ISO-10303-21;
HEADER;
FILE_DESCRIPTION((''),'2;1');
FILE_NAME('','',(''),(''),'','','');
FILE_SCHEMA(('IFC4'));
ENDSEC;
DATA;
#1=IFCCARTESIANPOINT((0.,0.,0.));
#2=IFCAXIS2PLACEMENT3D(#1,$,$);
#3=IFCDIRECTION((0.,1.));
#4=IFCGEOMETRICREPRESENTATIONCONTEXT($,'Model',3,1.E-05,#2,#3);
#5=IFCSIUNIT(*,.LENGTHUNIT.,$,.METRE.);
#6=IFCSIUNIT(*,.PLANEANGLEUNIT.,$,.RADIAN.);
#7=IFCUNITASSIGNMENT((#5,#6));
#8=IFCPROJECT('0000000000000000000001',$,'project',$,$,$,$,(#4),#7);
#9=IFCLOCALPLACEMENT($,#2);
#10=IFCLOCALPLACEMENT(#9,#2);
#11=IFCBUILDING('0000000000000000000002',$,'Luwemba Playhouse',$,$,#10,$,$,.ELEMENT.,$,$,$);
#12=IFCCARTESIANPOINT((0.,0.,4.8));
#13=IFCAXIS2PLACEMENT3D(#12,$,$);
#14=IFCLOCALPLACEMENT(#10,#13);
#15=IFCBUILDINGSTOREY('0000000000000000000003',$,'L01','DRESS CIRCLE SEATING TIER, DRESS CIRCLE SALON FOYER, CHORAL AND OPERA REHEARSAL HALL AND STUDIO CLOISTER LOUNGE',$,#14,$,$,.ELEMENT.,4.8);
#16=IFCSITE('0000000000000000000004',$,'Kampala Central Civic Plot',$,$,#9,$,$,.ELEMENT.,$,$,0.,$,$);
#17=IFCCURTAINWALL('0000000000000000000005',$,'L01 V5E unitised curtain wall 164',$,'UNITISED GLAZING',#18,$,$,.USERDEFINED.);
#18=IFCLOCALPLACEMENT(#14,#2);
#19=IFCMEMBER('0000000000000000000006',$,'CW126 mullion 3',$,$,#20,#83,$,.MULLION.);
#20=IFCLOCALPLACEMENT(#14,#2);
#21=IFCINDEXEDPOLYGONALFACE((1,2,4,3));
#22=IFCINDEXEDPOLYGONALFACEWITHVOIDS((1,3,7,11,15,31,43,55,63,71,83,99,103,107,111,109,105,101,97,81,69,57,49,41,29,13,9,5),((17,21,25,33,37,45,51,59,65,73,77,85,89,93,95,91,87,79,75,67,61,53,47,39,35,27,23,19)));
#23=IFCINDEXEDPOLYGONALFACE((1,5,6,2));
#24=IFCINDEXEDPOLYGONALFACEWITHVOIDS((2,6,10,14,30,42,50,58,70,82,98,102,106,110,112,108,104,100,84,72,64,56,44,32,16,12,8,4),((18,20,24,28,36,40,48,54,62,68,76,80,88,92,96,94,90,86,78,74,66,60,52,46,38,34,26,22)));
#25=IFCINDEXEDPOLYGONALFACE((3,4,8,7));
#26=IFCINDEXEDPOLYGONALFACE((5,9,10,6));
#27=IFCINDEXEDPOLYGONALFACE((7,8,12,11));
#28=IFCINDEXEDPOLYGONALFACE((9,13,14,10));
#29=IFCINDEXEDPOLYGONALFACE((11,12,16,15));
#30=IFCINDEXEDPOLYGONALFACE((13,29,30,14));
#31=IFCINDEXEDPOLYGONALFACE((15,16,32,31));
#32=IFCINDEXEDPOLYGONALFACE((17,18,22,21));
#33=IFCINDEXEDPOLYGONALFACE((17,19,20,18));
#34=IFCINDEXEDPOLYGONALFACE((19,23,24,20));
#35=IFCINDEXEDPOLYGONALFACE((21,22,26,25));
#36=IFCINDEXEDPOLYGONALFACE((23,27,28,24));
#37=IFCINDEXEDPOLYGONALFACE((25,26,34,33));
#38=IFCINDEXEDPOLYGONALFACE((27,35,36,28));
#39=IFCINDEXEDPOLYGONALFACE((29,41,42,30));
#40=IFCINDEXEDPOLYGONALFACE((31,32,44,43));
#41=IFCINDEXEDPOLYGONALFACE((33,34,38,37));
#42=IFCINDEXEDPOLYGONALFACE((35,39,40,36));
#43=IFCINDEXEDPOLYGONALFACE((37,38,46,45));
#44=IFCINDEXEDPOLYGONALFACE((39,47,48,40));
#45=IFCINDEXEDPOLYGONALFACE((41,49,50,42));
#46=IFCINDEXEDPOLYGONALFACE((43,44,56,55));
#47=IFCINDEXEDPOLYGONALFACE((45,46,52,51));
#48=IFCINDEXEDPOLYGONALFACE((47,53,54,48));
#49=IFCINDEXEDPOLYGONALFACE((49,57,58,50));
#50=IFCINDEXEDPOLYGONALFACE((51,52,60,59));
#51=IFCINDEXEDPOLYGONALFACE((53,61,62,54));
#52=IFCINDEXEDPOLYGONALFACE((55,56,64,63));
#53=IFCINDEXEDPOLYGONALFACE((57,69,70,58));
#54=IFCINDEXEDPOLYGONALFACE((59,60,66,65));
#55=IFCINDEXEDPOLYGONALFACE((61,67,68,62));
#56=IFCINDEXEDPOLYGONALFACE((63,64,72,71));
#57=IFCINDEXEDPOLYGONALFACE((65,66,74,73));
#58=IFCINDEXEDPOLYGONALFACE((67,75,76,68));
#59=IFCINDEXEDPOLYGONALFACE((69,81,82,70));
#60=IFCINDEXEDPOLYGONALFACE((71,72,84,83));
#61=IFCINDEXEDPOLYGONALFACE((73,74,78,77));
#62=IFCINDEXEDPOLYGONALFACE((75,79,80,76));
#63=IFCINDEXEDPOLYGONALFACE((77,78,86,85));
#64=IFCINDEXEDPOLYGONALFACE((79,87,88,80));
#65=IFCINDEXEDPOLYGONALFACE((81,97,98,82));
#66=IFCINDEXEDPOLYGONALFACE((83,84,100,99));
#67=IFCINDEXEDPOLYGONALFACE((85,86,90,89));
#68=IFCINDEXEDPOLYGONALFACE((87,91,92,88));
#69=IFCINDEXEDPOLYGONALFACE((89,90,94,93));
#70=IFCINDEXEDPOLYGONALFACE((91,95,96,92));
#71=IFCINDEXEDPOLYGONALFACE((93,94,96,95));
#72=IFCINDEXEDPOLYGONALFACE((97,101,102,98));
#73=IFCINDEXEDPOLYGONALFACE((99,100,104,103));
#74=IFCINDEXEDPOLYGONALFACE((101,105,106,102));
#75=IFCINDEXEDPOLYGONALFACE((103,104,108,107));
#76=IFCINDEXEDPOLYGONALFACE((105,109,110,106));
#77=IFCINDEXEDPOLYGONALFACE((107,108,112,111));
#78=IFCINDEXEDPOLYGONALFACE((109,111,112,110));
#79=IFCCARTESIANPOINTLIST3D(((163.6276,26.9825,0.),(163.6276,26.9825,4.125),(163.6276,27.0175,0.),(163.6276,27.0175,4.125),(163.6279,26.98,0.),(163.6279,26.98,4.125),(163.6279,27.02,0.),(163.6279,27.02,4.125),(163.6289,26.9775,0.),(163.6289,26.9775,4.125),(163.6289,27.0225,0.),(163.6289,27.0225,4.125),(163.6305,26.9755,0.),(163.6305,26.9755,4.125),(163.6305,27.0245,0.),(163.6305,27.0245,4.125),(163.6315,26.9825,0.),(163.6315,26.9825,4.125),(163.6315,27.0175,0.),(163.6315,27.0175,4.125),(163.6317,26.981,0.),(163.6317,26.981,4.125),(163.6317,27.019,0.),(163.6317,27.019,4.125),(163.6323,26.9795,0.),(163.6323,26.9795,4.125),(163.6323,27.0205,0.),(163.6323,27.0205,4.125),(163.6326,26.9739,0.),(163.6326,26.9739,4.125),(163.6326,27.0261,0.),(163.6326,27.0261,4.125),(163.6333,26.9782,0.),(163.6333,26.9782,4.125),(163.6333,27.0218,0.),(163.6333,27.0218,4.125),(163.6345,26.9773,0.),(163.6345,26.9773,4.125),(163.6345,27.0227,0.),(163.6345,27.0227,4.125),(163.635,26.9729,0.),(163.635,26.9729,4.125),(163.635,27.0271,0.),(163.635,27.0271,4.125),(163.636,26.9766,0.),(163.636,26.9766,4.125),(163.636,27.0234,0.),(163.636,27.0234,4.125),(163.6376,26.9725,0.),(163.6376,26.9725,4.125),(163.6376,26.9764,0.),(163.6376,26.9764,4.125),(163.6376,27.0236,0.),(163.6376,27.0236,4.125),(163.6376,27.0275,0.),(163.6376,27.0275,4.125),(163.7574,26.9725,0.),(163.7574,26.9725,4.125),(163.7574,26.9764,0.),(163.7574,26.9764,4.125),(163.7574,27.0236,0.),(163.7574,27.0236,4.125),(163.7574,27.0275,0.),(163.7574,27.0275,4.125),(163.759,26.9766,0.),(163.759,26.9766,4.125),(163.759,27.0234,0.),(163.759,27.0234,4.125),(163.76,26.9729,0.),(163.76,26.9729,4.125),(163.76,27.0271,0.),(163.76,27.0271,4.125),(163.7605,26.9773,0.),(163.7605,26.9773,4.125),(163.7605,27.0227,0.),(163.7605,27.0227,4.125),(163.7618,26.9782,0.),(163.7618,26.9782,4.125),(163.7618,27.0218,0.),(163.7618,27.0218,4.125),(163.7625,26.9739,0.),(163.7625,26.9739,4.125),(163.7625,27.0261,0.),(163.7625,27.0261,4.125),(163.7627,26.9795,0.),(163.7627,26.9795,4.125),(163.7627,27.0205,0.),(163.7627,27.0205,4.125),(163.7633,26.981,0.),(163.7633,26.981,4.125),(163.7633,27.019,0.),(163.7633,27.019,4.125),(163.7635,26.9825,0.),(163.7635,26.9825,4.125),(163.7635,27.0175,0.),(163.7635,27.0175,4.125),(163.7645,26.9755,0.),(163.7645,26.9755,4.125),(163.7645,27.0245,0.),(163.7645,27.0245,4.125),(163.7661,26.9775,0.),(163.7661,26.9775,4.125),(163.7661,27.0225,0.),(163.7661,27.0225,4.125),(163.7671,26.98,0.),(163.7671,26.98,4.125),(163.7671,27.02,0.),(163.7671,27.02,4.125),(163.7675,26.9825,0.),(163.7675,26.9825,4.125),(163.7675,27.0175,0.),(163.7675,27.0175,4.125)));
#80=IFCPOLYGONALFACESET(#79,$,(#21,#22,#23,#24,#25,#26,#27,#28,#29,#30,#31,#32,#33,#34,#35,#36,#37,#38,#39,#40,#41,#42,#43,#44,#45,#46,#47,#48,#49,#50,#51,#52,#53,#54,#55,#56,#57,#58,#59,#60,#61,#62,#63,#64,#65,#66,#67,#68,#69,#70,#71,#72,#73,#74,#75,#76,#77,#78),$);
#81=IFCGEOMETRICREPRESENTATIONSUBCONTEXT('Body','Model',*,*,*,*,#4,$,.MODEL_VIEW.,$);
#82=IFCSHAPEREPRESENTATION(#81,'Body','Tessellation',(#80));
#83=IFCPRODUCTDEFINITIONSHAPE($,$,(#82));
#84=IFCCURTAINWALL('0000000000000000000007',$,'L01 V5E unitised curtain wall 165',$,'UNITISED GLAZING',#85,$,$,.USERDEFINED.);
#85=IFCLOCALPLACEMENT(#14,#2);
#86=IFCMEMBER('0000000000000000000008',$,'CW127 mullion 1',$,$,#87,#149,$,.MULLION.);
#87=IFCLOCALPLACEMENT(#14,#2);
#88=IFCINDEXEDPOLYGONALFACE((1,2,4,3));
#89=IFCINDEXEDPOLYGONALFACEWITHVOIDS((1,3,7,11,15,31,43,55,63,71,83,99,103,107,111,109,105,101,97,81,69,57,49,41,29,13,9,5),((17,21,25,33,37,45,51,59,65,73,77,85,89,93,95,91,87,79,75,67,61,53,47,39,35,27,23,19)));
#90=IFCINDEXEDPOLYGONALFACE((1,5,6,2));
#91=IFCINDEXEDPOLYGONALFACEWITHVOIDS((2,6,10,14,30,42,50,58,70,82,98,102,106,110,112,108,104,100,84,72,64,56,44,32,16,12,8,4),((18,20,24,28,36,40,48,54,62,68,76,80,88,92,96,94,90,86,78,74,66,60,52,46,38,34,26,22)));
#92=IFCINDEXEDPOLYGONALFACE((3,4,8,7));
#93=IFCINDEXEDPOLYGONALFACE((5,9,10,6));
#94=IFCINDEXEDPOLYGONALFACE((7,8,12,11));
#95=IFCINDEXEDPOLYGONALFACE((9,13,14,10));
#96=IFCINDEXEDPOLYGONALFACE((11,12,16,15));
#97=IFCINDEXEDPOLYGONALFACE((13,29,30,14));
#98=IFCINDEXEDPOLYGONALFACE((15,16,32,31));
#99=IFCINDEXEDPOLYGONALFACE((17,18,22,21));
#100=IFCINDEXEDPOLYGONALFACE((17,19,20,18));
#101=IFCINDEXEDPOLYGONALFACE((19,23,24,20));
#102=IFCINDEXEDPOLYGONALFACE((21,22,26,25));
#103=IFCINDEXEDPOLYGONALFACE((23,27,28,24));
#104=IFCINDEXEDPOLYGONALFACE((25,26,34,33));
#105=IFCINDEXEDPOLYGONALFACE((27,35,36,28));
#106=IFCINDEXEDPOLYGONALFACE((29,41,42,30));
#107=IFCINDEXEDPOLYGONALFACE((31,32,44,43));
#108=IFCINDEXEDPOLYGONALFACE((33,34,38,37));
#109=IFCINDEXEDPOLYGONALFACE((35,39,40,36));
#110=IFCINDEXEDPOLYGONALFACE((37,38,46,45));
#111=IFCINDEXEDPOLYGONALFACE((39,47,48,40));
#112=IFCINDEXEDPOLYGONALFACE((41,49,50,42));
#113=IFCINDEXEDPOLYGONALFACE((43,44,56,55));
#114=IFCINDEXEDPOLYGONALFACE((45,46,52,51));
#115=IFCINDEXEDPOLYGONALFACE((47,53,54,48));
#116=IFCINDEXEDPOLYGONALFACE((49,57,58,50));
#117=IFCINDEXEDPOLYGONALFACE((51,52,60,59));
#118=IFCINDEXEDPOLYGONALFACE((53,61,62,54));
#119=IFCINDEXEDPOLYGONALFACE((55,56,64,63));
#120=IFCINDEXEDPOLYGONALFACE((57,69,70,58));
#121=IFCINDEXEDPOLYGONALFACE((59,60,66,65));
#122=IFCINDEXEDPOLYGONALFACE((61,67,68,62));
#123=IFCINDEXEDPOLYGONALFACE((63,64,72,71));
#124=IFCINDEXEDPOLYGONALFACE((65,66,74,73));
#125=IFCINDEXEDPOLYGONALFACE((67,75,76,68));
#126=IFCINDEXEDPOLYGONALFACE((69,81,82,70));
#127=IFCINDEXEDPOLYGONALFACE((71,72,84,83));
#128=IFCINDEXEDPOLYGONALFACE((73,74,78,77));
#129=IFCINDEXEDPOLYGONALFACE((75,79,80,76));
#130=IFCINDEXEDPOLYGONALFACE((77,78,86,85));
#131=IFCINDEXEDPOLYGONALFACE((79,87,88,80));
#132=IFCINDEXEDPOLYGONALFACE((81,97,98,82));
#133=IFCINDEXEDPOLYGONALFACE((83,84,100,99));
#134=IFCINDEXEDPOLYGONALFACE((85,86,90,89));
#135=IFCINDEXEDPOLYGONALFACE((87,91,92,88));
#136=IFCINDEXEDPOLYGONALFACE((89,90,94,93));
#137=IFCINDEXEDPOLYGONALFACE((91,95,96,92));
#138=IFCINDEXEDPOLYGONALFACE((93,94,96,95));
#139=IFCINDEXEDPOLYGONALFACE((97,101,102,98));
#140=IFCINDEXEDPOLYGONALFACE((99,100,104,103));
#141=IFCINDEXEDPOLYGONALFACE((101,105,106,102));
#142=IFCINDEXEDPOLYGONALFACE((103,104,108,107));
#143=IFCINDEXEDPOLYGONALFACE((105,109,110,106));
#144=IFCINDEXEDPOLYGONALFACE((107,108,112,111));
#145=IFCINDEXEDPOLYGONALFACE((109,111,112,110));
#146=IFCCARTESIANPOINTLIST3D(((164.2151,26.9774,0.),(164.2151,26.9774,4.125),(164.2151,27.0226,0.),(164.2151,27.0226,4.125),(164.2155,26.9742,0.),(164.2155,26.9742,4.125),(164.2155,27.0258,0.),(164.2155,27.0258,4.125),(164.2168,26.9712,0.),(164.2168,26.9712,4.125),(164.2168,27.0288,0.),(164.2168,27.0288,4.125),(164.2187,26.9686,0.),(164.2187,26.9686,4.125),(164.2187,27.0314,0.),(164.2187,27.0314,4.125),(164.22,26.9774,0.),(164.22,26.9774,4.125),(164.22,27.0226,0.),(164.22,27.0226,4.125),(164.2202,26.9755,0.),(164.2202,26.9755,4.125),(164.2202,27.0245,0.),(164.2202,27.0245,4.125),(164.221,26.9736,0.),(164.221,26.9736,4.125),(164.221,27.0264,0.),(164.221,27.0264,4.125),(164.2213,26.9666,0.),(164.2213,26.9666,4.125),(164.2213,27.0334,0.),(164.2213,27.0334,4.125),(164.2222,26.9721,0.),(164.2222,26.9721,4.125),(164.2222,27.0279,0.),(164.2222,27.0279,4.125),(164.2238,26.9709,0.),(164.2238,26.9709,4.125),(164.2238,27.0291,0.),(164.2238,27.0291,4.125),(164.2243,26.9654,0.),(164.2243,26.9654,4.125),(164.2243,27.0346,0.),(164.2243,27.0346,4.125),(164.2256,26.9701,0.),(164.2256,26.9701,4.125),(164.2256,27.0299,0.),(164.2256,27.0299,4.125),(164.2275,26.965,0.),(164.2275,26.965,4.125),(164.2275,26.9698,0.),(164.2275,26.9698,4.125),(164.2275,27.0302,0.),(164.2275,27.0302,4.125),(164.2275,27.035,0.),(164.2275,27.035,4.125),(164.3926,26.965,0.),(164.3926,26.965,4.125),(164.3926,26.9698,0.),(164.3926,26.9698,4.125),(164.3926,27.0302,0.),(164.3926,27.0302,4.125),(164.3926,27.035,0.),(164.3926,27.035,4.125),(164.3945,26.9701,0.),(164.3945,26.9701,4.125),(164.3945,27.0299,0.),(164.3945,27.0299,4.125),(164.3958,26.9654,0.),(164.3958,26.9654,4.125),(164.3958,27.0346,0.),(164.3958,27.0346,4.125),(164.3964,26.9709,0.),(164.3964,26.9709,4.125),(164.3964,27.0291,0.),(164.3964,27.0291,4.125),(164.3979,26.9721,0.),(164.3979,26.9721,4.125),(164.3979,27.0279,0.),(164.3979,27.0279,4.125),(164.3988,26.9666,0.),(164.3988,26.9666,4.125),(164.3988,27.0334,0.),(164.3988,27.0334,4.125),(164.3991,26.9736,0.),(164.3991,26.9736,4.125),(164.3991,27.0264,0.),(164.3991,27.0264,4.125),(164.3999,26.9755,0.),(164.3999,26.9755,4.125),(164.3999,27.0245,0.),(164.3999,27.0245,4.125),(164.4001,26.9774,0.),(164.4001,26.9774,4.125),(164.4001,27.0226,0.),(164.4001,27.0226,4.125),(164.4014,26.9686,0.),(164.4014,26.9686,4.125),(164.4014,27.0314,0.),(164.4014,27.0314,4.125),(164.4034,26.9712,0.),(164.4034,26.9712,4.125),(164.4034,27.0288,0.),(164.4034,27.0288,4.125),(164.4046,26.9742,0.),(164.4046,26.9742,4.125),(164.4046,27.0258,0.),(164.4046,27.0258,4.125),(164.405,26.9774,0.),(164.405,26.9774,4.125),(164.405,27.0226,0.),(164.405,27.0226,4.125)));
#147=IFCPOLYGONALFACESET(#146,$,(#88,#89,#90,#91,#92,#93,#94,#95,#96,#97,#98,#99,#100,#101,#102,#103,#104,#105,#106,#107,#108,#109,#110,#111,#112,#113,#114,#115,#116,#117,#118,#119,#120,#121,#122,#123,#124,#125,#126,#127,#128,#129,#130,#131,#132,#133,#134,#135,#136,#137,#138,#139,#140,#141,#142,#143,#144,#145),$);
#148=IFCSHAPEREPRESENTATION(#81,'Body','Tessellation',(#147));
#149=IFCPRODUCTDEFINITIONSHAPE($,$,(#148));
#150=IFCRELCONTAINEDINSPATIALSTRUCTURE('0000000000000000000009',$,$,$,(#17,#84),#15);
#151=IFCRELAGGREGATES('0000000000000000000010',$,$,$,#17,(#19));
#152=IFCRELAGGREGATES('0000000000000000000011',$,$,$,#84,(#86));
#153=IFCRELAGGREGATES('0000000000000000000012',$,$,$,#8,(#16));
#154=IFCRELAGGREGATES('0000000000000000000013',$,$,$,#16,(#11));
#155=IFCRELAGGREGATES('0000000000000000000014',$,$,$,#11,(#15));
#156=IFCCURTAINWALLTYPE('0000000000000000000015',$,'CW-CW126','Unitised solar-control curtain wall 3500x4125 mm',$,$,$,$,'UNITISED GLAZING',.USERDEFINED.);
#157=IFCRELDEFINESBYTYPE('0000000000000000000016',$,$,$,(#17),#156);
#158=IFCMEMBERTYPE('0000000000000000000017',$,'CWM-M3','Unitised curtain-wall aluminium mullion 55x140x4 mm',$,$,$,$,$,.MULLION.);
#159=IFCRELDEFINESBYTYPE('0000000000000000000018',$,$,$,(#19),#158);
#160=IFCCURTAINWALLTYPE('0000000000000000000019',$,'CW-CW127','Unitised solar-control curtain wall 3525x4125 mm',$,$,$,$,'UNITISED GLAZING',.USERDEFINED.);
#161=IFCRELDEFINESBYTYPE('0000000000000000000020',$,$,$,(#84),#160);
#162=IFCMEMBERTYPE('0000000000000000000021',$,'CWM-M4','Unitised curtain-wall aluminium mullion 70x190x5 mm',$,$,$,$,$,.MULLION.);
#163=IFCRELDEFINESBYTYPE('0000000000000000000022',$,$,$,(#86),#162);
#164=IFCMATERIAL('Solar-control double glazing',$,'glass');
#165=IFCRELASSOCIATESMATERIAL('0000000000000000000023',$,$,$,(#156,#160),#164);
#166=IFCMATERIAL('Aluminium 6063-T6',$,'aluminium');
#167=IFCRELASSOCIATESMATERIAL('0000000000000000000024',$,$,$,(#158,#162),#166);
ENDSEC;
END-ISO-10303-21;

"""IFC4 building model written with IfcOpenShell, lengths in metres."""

from ifc_helpers import new_model, si_unit, direction, frame, origin, origin_2d, place, context, subcontext, project, spatial, hollow_rectangle, extrude, material, material_profile, profile_set, type_object, element, aggregate, save


model = new_model("IFC4")

# Units and contexts
model_context = context("Model", 3, precision=1e-05, world=origin(), true_north=direction((0.0, 1.0)))
body_context = subcontext(model_context, "Body", "Model", "MODEL_VIEW")
ifc_project = project(units=[si_unit("LENGTHUNIT", "METRE"), si_unit("PLANEANGLEUNIT", "RADIAN")], contexts=[model_context])

# Site, building, storey
site_placement = place(None, origin())
site = spatial("IfcSite", under=ifc_project, at=site_placement, Name="Kampala Central Civic Plot", CompositionType="ELEMENT", RefElevation=0.0)
building_placement = place(site_placement, origin())
building = spatial("IfcBuilding", under=site, at=building_placement, Name="Luwemba Playhouse", CompositionType="ELEMENT")
storey_placement = place(building_placement, frame((0.0, 0.0, 4.8)))
storey = spatial("IfcBuildingStorey", under=building, at=storey_placement, Name="L01", Description="DRESS CIRCLE SEATING TIER, DRESS CIRCLE SALON FOYER, CHORAL AND OPERA REHEARSAL HALL AND STUDIO CLOISTER LOUNGE", CompositionType="ELEMENT", Elevation=4.8)

# Curtain walls, members
ifc_material_1 = material(Name="Solar-control double glazing", Category="glass")
curtain_wall_type_1 = type_object("IfcCurtainWallType", Name="CW-CW126", Description="Unitised solar-control curtain wall 3500x4125 mm", ElementType="UNITISED GLAZING", PredefinedType="USERDEFINED", material=ifc_material_1)
curtain_wall_1_placement = place(storey_placement, origin())
curtain_wall_1 = element("IfcCurtainWall", 1, at=curtain_wall_1_placement, inside=storey, type_object=curtain_wall_type_1, Name="L01 V5E unitised curtain wall 164", ObjectType="UNITISED GLAZING", PredefinedType="USERDEFINED")
ifc_material_2 = material(Name="Aluminium 6063-T6", Category="aluminium")
ifc_material_profile_1 = material_profile(ifc_material_2, hollow_rectangle(XDim=0.0549, YDim=0.1399, WallThickness=0.0039, InnerFilletRadius=0.0061, OuterFilletRadius=0.01, at=origin_2d()))
ifc_profile_set_1 = profile_set([ifc_material_profile_1], Name="Aluminium 6063-T6")
member_type_1 = type_object("IfcMemberType", Name="CWM-M3", Description="Unitised curtain-wall aluminium mullion 55x140x4 mm", PredefinedType="MULLION", material=ifc_profile_set_1)
member_1_placement = place(storey_placement, frame((163.6975, 27.0, 0.0), z_axis=(0.0, 0.0, 1.0), x_axis=(0.0, 1.0, 0.0)))
member_1 = element("IfcMember", 2, at=member_1_placement, type_object=member_type_1, Name="CW126 mullion 3", PredefinedType="MULLION", context=body_context, shape_type="SweptSolid", body=[
    extrude(hollow_rectangle(XDim=0.0549, YDim=0.1399, WallThickness=0.0039, InnerFilletRadius=0.0061, OuterFilletRadius=0.01, at=origin_2d()), origin(), (0.0, 0.0, 1.0), 4.125),
])
curtain_wall_type_2 = type_object("IfcCurtainWallType", Name="CW-CW127", Description="Unitised solar-control curtain wall 3525x4125 mm", ElementType="UNITISED GLAZING", PredefinedType="USERDEFINED", material=ifc_material_1)
curtain_wall_2_placement = place(storey_placement, origin())
curtain_wall_2 = element("IfcCurtainWall", 3, at=curtain_wall_2_placement, inside=storey, type_object=curtain_wall_type_2, Name="L01 V5E unitised curtain wall 165", ObjectType="UNITISED GLAZING", PredefinedType="USERDEFINED")
ifc_material_profile_2 = material_profile(ifc_material_2, hollow_rectangle(XDim=0.0701, YDim=0.1899, WallThickness=0.0049, InnerFilletRadius=0.0076, OuterFilletRadius=0.0125, at=origin_2d()))
ifc_profile_set_2 = profile_set([ifc_material_profile_2], Name="Aluminium 6063-T6")
member_type_2 = type_object("IfcMemberType", Name="CWM-M4", Description="Unitised curtain-wall aluminium mullion 70x190x5 mm", PredefinedType="MULLION", material=ifc_profile_set_2)
member_2_placement = place(storey_placement, frame((164.3101, 27.0, 0.0), z_axis=(0.0, 0.0, 1.0), x_axis=(0.0, 1.0, 0.0)))
member_2 = element("IfcMember", 4, at=member_2_placement, type_object=member_type_2, Name="CW127 mullion 1", PredefinedType="MULLION", context=body_context, shape_type="SweptSolid", body=[
    extrude(hollow_rectangle(XDim=0.0701, YDim=0.1899, WallThickness=0.0049, InnerFilletRadius=0.0076, OuterFilletRadius=0.0125, at=origin_2d()), origin(), (0.0, 0.0, 1.0), 4.125),
])

aggregate(curtain_wall_1, [member_1])
aggregate(curtain_wall_2, [member_2])

save(model, "model.ifc")
